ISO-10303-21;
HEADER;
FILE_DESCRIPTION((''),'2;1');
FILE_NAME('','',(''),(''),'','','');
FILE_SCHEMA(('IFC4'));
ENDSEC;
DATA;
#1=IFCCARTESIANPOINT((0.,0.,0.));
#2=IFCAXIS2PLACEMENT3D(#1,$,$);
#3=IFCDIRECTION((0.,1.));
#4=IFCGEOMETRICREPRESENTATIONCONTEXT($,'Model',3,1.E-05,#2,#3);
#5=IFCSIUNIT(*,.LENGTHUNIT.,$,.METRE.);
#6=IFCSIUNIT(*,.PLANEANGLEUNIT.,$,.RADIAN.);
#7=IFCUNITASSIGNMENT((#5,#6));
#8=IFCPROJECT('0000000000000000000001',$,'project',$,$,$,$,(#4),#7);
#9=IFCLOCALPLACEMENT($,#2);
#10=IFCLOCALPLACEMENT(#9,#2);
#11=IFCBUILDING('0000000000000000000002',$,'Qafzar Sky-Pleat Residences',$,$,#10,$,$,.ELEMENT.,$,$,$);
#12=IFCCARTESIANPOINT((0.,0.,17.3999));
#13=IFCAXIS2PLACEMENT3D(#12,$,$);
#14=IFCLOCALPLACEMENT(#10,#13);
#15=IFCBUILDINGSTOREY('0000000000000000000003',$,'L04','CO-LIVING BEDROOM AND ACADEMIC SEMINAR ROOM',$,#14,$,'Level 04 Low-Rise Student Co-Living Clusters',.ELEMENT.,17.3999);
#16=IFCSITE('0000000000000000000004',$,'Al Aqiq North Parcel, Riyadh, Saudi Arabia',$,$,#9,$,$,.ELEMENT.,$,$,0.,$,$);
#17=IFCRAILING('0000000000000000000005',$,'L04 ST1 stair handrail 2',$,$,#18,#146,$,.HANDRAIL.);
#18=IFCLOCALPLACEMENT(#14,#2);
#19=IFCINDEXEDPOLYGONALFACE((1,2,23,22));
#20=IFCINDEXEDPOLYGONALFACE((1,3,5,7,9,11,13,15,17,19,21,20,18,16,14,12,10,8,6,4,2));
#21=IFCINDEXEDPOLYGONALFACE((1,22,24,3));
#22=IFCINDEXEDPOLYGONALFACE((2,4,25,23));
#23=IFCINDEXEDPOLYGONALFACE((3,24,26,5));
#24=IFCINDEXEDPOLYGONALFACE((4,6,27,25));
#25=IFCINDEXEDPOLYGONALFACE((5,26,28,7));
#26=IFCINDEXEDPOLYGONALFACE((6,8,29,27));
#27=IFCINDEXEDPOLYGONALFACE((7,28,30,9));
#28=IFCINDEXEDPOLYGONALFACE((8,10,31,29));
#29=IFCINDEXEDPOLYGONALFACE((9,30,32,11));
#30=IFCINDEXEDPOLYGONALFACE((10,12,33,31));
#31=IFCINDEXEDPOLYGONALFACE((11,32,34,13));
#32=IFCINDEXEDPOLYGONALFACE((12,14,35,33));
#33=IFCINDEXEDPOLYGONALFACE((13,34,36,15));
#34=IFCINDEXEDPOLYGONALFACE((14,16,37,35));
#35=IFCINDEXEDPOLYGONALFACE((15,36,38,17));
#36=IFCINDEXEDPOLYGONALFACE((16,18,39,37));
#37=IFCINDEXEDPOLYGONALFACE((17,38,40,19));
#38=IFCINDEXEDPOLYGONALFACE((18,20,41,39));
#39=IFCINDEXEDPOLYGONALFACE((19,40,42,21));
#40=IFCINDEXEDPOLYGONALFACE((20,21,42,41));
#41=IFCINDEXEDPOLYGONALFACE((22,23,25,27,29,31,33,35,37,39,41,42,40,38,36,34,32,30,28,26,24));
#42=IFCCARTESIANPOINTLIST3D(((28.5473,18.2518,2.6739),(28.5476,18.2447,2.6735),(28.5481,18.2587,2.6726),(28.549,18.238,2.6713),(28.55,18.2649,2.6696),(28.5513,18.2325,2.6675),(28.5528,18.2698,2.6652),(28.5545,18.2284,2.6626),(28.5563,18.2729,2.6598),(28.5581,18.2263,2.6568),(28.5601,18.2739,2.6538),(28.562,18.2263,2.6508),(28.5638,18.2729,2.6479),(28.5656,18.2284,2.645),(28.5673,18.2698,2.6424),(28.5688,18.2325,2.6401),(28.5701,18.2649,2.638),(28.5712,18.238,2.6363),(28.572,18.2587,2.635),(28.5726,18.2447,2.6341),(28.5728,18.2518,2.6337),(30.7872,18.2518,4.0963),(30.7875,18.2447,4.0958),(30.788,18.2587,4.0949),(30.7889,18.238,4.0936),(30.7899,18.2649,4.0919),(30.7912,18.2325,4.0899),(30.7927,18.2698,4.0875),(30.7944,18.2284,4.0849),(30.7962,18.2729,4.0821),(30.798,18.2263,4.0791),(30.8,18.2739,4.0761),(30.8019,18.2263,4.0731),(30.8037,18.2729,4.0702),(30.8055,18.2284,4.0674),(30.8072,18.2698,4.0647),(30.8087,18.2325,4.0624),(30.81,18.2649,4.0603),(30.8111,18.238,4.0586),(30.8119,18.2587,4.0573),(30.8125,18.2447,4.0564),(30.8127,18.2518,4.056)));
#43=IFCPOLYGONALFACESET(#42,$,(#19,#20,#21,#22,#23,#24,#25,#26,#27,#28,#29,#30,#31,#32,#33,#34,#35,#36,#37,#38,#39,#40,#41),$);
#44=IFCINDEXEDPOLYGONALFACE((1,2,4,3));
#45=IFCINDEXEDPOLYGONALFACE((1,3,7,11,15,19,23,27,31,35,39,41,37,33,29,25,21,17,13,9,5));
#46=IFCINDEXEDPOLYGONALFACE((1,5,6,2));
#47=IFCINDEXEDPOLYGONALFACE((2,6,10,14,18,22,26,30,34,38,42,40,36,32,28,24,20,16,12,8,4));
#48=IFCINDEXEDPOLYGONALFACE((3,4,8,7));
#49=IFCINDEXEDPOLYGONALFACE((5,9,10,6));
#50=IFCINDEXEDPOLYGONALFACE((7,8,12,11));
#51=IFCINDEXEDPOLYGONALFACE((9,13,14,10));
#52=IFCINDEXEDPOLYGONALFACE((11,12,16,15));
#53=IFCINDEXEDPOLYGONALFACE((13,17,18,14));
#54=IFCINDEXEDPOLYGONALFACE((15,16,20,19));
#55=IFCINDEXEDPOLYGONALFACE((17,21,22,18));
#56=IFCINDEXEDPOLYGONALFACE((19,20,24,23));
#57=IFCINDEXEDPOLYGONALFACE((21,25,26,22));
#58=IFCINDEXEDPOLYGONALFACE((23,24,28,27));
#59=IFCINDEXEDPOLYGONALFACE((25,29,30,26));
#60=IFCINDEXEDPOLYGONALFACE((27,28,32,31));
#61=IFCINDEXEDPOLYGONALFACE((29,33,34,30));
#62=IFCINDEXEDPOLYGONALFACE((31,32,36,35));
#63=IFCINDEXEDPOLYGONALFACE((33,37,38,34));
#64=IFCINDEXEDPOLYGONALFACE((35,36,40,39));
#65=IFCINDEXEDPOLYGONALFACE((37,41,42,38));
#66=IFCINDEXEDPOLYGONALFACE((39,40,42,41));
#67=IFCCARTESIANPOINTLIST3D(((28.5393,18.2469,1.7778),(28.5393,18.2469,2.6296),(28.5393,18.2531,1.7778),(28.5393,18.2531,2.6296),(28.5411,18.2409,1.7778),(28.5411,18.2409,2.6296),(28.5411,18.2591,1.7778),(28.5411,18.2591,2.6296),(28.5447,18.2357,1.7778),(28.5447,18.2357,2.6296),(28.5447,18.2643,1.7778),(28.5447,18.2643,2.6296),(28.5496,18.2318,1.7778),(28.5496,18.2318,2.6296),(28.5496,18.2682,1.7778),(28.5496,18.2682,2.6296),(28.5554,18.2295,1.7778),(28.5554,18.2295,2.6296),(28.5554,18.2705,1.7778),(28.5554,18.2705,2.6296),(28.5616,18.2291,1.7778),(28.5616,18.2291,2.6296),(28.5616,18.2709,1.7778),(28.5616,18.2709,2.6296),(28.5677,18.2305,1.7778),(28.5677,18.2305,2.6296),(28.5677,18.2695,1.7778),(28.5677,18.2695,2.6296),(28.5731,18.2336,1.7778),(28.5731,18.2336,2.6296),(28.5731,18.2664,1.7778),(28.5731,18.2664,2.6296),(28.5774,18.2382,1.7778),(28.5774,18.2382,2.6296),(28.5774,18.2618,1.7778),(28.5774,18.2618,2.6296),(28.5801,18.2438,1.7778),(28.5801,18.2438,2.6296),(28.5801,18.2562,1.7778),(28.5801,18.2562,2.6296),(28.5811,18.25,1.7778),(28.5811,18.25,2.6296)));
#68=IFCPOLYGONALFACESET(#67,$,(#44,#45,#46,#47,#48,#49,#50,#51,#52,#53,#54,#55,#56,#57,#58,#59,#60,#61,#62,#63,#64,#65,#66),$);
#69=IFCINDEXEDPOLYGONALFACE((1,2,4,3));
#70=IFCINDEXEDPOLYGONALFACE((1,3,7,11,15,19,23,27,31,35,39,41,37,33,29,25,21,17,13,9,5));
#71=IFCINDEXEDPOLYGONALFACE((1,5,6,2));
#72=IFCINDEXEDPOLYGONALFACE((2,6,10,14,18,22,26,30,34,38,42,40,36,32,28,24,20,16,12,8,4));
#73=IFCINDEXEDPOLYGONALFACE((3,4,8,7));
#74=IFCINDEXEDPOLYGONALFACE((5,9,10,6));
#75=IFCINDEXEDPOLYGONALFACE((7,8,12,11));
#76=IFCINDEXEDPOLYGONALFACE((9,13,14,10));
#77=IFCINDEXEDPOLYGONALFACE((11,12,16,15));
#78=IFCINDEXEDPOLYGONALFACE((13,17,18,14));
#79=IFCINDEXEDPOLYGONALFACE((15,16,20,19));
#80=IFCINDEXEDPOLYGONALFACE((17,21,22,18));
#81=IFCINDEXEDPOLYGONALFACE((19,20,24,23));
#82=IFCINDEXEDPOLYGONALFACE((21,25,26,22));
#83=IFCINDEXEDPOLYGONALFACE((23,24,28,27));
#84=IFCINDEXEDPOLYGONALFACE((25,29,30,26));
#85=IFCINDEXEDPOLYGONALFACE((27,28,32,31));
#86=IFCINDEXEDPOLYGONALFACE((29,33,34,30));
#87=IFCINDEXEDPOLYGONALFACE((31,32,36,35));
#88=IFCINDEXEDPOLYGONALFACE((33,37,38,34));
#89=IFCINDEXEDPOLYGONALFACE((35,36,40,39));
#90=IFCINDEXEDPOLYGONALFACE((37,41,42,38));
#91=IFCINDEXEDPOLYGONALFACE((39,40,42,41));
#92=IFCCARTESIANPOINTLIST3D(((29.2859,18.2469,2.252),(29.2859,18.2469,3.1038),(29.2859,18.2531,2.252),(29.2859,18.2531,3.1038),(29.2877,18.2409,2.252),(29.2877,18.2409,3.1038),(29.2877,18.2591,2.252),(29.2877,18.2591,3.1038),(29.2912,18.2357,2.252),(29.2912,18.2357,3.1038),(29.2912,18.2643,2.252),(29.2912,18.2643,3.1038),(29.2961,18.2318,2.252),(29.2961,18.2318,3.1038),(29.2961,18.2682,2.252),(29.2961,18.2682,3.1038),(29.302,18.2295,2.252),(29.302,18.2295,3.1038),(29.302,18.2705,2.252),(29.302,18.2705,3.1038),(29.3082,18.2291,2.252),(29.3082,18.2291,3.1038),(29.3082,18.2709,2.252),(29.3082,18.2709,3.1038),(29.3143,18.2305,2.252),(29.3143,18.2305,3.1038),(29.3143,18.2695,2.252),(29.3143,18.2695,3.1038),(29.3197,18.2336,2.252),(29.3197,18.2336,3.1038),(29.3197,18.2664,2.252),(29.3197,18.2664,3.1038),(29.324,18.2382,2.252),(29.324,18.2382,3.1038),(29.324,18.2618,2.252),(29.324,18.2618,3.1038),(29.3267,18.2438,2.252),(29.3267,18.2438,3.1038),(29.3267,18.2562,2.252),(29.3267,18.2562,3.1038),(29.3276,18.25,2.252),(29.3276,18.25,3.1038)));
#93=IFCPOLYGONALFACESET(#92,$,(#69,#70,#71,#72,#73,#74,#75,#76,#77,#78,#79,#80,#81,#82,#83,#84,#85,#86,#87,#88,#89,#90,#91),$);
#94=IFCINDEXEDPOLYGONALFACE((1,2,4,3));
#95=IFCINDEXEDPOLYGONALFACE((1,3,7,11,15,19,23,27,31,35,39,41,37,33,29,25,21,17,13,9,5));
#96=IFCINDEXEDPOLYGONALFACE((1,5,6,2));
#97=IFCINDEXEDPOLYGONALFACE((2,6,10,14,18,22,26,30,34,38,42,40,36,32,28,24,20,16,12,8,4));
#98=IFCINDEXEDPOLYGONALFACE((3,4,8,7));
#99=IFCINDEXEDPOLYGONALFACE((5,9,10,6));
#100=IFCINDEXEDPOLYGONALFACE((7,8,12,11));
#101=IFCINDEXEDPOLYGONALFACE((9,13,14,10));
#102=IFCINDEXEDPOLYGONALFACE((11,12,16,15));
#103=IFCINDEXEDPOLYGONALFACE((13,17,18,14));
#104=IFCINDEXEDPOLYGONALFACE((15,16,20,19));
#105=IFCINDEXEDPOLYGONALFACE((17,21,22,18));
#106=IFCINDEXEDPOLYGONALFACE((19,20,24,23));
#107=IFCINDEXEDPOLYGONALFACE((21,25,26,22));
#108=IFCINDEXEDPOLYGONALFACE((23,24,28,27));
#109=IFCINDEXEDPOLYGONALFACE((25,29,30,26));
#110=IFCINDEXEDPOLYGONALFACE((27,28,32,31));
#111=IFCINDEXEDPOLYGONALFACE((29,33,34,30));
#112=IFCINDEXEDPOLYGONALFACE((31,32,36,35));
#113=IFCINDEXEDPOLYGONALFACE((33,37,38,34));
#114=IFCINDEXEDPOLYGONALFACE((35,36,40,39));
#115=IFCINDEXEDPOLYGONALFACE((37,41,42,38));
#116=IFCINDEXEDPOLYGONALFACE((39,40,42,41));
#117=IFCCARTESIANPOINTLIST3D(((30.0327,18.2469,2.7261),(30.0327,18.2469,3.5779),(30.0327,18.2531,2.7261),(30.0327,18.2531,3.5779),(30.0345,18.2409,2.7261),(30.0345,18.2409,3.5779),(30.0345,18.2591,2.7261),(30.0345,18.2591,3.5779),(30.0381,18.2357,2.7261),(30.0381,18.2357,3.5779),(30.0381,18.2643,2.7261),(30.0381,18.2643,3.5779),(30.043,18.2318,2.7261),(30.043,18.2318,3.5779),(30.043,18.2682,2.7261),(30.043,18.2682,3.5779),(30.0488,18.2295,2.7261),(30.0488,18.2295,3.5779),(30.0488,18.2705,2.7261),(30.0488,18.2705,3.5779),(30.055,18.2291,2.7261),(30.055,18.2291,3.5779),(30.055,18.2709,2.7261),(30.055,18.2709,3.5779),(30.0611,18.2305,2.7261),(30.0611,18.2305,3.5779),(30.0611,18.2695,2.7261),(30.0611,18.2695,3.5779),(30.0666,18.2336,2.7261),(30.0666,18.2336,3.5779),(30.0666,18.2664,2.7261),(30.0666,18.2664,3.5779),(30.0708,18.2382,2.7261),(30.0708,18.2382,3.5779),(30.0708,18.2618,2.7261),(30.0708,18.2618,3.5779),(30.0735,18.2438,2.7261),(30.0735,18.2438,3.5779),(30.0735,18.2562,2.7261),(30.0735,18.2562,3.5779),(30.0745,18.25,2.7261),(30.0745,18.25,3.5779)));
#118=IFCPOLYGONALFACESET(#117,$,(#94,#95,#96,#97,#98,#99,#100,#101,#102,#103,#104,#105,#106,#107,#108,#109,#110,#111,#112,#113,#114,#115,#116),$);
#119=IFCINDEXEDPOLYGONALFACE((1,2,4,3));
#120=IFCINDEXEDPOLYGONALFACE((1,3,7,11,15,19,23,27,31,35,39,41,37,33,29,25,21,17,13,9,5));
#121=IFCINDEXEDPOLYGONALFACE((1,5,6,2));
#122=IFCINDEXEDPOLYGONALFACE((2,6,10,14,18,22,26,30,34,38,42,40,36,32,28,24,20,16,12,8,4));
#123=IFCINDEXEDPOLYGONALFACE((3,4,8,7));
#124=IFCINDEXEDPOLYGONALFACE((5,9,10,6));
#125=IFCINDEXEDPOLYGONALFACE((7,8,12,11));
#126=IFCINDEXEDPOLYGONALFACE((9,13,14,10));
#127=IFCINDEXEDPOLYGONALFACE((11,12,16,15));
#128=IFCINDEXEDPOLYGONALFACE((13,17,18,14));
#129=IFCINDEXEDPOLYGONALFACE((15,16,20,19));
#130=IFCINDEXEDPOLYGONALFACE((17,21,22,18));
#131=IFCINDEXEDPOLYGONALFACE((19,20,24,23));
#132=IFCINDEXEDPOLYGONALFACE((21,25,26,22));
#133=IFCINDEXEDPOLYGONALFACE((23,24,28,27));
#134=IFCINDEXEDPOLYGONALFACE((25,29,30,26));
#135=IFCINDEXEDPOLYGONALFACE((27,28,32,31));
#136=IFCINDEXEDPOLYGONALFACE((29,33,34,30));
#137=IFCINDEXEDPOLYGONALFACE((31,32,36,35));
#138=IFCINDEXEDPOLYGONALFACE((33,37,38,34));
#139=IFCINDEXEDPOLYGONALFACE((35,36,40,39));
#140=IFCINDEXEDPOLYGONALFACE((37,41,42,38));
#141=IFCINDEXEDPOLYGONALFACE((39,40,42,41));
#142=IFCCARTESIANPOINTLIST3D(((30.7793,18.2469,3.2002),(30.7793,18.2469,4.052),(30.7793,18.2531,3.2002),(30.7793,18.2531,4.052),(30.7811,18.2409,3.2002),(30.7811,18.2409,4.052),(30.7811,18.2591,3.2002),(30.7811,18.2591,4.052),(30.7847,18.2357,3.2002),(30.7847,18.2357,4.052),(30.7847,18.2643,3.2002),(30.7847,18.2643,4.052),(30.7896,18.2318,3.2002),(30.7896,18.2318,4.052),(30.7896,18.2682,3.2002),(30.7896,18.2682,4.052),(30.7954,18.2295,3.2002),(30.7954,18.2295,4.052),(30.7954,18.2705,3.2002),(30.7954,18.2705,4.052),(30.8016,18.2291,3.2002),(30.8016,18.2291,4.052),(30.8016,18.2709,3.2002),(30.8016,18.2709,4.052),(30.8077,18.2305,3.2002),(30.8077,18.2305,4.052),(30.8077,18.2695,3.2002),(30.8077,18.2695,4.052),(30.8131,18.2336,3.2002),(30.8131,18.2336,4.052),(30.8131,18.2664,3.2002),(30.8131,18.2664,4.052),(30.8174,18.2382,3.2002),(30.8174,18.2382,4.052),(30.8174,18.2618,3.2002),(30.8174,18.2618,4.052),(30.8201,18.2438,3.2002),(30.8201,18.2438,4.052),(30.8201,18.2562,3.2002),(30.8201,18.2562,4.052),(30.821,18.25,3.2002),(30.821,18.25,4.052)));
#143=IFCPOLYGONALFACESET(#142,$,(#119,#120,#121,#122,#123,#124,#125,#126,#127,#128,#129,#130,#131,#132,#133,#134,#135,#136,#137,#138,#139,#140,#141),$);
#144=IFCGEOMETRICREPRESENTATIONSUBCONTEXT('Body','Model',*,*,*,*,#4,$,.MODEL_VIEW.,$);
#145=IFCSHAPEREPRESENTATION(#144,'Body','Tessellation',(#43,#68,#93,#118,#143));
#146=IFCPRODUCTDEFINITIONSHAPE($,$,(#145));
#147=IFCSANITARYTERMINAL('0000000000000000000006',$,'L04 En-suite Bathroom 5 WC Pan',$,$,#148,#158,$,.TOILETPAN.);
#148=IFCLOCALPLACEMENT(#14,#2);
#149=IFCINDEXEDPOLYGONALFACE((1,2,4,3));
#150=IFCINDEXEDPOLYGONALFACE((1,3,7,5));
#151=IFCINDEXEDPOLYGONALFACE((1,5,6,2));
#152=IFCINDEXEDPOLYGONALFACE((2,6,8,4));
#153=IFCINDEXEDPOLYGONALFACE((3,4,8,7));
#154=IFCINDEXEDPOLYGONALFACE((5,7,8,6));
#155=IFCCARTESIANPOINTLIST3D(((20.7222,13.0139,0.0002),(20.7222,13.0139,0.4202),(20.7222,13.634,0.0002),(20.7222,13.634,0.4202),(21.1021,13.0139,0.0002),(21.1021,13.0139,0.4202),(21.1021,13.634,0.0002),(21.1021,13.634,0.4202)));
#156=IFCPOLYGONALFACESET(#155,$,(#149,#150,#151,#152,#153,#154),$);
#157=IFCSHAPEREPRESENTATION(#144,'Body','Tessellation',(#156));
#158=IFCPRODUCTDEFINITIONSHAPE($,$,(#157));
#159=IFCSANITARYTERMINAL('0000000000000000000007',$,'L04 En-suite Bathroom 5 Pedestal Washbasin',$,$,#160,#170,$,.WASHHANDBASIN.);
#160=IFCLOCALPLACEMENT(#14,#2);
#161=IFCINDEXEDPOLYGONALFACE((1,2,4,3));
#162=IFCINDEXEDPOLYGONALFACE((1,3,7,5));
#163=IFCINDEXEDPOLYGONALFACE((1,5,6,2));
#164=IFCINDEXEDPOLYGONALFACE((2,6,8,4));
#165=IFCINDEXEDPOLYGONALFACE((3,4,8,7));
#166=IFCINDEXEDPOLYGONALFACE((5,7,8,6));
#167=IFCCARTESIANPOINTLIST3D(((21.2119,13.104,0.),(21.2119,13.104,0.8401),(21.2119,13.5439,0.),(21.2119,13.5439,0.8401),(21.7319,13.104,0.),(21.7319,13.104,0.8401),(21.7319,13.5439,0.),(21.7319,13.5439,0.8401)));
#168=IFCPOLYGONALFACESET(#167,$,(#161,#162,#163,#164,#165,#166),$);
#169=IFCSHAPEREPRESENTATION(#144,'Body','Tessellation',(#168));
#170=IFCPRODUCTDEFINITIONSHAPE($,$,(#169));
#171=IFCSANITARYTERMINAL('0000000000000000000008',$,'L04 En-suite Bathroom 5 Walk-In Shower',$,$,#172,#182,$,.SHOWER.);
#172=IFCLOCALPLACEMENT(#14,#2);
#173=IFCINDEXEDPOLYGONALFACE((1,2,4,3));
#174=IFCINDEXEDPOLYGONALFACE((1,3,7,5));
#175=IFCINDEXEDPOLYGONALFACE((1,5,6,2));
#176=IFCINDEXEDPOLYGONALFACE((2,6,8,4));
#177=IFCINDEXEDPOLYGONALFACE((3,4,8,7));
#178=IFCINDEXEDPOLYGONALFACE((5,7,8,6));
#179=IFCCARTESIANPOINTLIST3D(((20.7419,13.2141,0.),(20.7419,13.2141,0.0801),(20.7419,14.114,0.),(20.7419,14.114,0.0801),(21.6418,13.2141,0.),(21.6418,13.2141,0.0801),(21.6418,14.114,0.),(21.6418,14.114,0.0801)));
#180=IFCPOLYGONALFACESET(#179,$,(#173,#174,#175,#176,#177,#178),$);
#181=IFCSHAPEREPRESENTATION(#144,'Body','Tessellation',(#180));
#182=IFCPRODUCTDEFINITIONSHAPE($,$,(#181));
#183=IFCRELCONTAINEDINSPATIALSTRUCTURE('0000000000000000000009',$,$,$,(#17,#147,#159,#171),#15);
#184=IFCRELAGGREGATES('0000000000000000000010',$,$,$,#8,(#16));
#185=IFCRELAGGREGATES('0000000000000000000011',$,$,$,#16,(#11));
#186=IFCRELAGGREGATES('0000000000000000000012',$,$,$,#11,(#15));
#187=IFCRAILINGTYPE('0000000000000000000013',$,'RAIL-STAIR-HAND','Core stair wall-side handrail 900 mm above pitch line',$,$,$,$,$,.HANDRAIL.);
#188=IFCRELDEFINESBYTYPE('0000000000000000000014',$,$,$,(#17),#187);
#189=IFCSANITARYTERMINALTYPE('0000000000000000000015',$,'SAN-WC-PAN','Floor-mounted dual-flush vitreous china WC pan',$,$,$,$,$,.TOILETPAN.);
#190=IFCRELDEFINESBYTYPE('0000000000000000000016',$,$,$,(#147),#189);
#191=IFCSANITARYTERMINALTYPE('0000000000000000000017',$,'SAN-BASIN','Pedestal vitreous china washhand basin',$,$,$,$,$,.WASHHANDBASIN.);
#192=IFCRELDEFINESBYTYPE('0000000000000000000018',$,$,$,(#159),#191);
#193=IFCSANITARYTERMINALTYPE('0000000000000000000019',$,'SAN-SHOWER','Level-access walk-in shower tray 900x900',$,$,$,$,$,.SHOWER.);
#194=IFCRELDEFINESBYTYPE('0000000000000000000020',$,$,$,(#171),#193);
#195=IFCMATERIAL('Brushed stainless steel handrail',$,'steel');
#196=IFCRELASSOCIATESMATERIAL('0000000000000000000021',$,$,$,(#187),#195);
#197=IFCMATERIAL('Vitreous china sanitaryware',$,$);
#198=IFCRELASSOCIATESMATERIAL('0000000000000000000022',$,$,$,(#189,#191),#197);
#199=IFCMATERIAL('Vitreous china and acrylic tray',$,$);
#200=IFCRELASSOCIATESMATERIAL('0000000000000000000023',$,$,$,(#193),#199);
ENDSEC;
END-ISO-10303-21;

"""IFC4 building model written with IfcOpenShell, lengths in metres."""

from ifc_helpers import new_model, si_unit, direction, frame, origin, origin_2d, place, context, subcontext, project, spatial, rectangle, circle, extrude, source, transform, mapped, material, type_object, element, save


model = new_model("IFC4")

# Units and contexts
model_context = context("Model", 3, precision=1e-05, world=origin(), true_north=direction((0.0, 1.0)))
body_context = subcontext(model_context, "Body", "Model", "MODEL_VIEW")
ifc_project = project(units=[si_unit("LENGTHUNIT", "METRE"), si_unit("PLANEANGLEUNIT", "RADIAN")], contexts=[model_context])

# Site, building, storey
site_placement = place(None, origin())
site = spatial("IfcSite", under=ifc_project, at=site_placement, Name="Al Aqiq North Parcel, Riyadh, Saudi Arabia", CompositionType="ELEMENT", RefElevation=0.0)
building_placement = place(site_placement, origin())
building = spatial("IfcBuilding", under=site, at=building_placement, Name="Qafzar Sky-Pleat Residences", CompositionType="ELEMENT")
storey_placement = place(building_placement, frame((0.0, 0.0, 17.3999)))
storey = spatial("IfcBuildingStorey", under=building, at=storey_placement, Name="L04", Description="CO-LIVING BEDROOM AND ACADEMIC SEMINAR ROOM", LongName="Level 04 Low-Rise Student Co-Living Clusters", CompositionType="ELEMENT", Elevation=17.3999)

# Railing
ifc_material_1 = material(Name="Brushed stainless steel handrail", Category="steel")
railing_type_1 = type_object("IfcRailingType", Name="RAIL-STAIR-HAND", Description="Core stair wall-side handrail 900 mm above pitch line", PredefinedType="HANDRAIL", material=ifc_material_1)
shared_shape_1 = source(origin(), body_context, "Body", "SweptSolid", [
    extrude(circle(Radius=0.0239, at=origin_2d()), frame((0.0, 0.0, 0.876), z_axis=(0.844188, 0.0, 0.536048), x_axis=(0.0, 1.0, 0.0)), (0.0, 0.0, 1.0), 2.6533),
    extrude(circle(Radius=0.021, at=origin_2d()), origin(), (0.0, 0.0, 1.0), 0.8518),
    extrude(circle(Radius=0.021, at=origin_2d()), frame((0.7466, 0.0, 0.4741)), (0.0, 0.0, 1.0), 0.8518),
    extrude(circle(Radius=0.021, at=origin_2d()), frame((1.4934, 0.0, 0.9482)), (0.0, 0.0, 1.0), 0.8518),
    extrude(circle(Radius=0.021, at=origin_2d()), frame((2.24, 0.0, 1.4224)), (0.0, 0.0, 1.0), 0.8518),
])
railing_1_placement = place(storey_placement, frame((28.5601, 18.25, 1.7778)))
element("IfcRailing", 1, at=railing_1_placement, inside=storey, type_object=railing_type_1, Name="L04 ST1 stair handrail 2", PredefinedType="HANDRAIL", context=body_context, shape_type="MappedRepresentation", body=[
    mapped(shared_shape_1, transform((0.0, 0.0, 0.0), x_axis=(1.0, 0.0, 0.0), y_axis=(0.0, 1.0, 0.0), z_axis=(0.0, 0.0, 1.0), scale=1.0)),
])

# Sanitary terminals
ifc_material_2 = material(Name="Vitreous china sanitaryware")
sanitary_terminal_type_1 = type_object("IfcSanitaryTerminalType", Name="SAN-WC-PAN", Description="Floor-mounted dual-flush vitreous china WC pan", PredefinedType="TOILETPAN", material=ifc_material_2)
shared_shape_2 = source(origin(), body_context, "Body", "SweptSolid", [
    extrude(rectangle(XDim=0.3799, YDim=0.6201, at=origin_2d()), origin(), (0.0, 0.0, 1.0), 0.4199),
])
sanitary_terminal_1_placement = place(storey_placement, frame((20.9121, 13.324, 0.0002), z_axis=(0.0, 0.0, 1.0), x_axis=(1.0, 0.0, 0.0)))
element("IfcSanitaryTerminal", 2, at=sanitary_terminal_1_placement, inside=storey, type_object=sanitary_terminal_type_1, Name="L04 En-suite Bathroom 5 WC Pan", PredefinedType="TOILETPAN", context=body_context, shape_type="MappedRepresentation", body=[
    mapped(shared_shape_2, transform((0.0, 0.0, 0.0), x_axis=(1.0, 0.0, 0.0), y_axis=(0.0, 1.0, 0.0), z_axis=(0.0, 0.0, 1.0), scale=1.0)),
])
sanitary_terminal_type_2 = type_object("IfcSanitaryTerminalType", Name="SAN-BASIN", Description="Pedestal vitreous china washhand basin", PredefinedType="WASHHANDBASIN", material=ifc_material_2)
shared_shape_3 = source(origin(), body_context, "Body", "SweptSolid", [
    extrude(rectangle(XDim=0.52, YDim=0.4399, at=origin_2d()), origin(), (0.0, 0.0, 1.0), 0.8401),
])
sanitary_terminal_2_placement = place(storey_placement, frame((21.4719, 13.324, 0.0), z_axis=(0.0, 0.0, 1.0), x_axis=(1.0, 0.0, 0.0)))
element("IfcSanitaryTerminal", 3, at=sanitary_terminal_2_placement, inside=storey, type_object=sanitary_terminal_type_2, Name="L04 En-suite Bathroom 5 Pedestal Washbasin", PredefinedType="WASHHANDBASIN", context=body_context, shape_type="MappedRepresentation", body=[
    mapped(shared_shape_3, transform((0.0, 0.0, 0.0), x_axis=(1.0, 0.0, 0.0), y_axis=(0.0, 1.0, 0.0), z_axis=(0.0, 0.0, 1.0), scale=1.0)),
])
ifc_material_3 = material(Name="Vitreous china and acrylic tray")
sanitary_terminal_type_3 = type_object("IfcSanitaryTerminalType", Name="SAN-SHOWER", Description="Level-access walk-in shower tray 900x900", PredefinedType="SHOWER", material=ifc_material_3)
shared_shape_4 = source(origin(), body_context, "Body", "SweptSolid", [
    extrude(rectangle(XDim=0.8999, YDim=0.8999, at=origin_2d()), origin(), (0.0, 0.0, 1.0), 0.0801),
])
sanitary_terminal_3_placement = place(storey_placement, frame((21.1919, 13.6641, 0.0), z_axis=(0.0, 0.0, 1.0), x_axis=(1.0, 0.0, 0.0)))
element("IfcSanitaryTerminal", 4, at=sanitary_terminal_3_placement, inside=storey, type_object=sanitary_terminal_type_3, Name="L04 En-suite Bathroom 5 Walk-In Shower", PredefinedType="SHOWER", context=body_context, shape_type="MappedRepresentation", body=[
    mapped(shared_shape_4, transform((0.0, 0.0, 0.0), x_axis=(1.0, 0.0, 0.0), y_axis=(0.0, 1.0, 0.0), z_axis=(0.0, 0.0, 1.0), scale=1.0)),
])

save(model, "model.ifc")
